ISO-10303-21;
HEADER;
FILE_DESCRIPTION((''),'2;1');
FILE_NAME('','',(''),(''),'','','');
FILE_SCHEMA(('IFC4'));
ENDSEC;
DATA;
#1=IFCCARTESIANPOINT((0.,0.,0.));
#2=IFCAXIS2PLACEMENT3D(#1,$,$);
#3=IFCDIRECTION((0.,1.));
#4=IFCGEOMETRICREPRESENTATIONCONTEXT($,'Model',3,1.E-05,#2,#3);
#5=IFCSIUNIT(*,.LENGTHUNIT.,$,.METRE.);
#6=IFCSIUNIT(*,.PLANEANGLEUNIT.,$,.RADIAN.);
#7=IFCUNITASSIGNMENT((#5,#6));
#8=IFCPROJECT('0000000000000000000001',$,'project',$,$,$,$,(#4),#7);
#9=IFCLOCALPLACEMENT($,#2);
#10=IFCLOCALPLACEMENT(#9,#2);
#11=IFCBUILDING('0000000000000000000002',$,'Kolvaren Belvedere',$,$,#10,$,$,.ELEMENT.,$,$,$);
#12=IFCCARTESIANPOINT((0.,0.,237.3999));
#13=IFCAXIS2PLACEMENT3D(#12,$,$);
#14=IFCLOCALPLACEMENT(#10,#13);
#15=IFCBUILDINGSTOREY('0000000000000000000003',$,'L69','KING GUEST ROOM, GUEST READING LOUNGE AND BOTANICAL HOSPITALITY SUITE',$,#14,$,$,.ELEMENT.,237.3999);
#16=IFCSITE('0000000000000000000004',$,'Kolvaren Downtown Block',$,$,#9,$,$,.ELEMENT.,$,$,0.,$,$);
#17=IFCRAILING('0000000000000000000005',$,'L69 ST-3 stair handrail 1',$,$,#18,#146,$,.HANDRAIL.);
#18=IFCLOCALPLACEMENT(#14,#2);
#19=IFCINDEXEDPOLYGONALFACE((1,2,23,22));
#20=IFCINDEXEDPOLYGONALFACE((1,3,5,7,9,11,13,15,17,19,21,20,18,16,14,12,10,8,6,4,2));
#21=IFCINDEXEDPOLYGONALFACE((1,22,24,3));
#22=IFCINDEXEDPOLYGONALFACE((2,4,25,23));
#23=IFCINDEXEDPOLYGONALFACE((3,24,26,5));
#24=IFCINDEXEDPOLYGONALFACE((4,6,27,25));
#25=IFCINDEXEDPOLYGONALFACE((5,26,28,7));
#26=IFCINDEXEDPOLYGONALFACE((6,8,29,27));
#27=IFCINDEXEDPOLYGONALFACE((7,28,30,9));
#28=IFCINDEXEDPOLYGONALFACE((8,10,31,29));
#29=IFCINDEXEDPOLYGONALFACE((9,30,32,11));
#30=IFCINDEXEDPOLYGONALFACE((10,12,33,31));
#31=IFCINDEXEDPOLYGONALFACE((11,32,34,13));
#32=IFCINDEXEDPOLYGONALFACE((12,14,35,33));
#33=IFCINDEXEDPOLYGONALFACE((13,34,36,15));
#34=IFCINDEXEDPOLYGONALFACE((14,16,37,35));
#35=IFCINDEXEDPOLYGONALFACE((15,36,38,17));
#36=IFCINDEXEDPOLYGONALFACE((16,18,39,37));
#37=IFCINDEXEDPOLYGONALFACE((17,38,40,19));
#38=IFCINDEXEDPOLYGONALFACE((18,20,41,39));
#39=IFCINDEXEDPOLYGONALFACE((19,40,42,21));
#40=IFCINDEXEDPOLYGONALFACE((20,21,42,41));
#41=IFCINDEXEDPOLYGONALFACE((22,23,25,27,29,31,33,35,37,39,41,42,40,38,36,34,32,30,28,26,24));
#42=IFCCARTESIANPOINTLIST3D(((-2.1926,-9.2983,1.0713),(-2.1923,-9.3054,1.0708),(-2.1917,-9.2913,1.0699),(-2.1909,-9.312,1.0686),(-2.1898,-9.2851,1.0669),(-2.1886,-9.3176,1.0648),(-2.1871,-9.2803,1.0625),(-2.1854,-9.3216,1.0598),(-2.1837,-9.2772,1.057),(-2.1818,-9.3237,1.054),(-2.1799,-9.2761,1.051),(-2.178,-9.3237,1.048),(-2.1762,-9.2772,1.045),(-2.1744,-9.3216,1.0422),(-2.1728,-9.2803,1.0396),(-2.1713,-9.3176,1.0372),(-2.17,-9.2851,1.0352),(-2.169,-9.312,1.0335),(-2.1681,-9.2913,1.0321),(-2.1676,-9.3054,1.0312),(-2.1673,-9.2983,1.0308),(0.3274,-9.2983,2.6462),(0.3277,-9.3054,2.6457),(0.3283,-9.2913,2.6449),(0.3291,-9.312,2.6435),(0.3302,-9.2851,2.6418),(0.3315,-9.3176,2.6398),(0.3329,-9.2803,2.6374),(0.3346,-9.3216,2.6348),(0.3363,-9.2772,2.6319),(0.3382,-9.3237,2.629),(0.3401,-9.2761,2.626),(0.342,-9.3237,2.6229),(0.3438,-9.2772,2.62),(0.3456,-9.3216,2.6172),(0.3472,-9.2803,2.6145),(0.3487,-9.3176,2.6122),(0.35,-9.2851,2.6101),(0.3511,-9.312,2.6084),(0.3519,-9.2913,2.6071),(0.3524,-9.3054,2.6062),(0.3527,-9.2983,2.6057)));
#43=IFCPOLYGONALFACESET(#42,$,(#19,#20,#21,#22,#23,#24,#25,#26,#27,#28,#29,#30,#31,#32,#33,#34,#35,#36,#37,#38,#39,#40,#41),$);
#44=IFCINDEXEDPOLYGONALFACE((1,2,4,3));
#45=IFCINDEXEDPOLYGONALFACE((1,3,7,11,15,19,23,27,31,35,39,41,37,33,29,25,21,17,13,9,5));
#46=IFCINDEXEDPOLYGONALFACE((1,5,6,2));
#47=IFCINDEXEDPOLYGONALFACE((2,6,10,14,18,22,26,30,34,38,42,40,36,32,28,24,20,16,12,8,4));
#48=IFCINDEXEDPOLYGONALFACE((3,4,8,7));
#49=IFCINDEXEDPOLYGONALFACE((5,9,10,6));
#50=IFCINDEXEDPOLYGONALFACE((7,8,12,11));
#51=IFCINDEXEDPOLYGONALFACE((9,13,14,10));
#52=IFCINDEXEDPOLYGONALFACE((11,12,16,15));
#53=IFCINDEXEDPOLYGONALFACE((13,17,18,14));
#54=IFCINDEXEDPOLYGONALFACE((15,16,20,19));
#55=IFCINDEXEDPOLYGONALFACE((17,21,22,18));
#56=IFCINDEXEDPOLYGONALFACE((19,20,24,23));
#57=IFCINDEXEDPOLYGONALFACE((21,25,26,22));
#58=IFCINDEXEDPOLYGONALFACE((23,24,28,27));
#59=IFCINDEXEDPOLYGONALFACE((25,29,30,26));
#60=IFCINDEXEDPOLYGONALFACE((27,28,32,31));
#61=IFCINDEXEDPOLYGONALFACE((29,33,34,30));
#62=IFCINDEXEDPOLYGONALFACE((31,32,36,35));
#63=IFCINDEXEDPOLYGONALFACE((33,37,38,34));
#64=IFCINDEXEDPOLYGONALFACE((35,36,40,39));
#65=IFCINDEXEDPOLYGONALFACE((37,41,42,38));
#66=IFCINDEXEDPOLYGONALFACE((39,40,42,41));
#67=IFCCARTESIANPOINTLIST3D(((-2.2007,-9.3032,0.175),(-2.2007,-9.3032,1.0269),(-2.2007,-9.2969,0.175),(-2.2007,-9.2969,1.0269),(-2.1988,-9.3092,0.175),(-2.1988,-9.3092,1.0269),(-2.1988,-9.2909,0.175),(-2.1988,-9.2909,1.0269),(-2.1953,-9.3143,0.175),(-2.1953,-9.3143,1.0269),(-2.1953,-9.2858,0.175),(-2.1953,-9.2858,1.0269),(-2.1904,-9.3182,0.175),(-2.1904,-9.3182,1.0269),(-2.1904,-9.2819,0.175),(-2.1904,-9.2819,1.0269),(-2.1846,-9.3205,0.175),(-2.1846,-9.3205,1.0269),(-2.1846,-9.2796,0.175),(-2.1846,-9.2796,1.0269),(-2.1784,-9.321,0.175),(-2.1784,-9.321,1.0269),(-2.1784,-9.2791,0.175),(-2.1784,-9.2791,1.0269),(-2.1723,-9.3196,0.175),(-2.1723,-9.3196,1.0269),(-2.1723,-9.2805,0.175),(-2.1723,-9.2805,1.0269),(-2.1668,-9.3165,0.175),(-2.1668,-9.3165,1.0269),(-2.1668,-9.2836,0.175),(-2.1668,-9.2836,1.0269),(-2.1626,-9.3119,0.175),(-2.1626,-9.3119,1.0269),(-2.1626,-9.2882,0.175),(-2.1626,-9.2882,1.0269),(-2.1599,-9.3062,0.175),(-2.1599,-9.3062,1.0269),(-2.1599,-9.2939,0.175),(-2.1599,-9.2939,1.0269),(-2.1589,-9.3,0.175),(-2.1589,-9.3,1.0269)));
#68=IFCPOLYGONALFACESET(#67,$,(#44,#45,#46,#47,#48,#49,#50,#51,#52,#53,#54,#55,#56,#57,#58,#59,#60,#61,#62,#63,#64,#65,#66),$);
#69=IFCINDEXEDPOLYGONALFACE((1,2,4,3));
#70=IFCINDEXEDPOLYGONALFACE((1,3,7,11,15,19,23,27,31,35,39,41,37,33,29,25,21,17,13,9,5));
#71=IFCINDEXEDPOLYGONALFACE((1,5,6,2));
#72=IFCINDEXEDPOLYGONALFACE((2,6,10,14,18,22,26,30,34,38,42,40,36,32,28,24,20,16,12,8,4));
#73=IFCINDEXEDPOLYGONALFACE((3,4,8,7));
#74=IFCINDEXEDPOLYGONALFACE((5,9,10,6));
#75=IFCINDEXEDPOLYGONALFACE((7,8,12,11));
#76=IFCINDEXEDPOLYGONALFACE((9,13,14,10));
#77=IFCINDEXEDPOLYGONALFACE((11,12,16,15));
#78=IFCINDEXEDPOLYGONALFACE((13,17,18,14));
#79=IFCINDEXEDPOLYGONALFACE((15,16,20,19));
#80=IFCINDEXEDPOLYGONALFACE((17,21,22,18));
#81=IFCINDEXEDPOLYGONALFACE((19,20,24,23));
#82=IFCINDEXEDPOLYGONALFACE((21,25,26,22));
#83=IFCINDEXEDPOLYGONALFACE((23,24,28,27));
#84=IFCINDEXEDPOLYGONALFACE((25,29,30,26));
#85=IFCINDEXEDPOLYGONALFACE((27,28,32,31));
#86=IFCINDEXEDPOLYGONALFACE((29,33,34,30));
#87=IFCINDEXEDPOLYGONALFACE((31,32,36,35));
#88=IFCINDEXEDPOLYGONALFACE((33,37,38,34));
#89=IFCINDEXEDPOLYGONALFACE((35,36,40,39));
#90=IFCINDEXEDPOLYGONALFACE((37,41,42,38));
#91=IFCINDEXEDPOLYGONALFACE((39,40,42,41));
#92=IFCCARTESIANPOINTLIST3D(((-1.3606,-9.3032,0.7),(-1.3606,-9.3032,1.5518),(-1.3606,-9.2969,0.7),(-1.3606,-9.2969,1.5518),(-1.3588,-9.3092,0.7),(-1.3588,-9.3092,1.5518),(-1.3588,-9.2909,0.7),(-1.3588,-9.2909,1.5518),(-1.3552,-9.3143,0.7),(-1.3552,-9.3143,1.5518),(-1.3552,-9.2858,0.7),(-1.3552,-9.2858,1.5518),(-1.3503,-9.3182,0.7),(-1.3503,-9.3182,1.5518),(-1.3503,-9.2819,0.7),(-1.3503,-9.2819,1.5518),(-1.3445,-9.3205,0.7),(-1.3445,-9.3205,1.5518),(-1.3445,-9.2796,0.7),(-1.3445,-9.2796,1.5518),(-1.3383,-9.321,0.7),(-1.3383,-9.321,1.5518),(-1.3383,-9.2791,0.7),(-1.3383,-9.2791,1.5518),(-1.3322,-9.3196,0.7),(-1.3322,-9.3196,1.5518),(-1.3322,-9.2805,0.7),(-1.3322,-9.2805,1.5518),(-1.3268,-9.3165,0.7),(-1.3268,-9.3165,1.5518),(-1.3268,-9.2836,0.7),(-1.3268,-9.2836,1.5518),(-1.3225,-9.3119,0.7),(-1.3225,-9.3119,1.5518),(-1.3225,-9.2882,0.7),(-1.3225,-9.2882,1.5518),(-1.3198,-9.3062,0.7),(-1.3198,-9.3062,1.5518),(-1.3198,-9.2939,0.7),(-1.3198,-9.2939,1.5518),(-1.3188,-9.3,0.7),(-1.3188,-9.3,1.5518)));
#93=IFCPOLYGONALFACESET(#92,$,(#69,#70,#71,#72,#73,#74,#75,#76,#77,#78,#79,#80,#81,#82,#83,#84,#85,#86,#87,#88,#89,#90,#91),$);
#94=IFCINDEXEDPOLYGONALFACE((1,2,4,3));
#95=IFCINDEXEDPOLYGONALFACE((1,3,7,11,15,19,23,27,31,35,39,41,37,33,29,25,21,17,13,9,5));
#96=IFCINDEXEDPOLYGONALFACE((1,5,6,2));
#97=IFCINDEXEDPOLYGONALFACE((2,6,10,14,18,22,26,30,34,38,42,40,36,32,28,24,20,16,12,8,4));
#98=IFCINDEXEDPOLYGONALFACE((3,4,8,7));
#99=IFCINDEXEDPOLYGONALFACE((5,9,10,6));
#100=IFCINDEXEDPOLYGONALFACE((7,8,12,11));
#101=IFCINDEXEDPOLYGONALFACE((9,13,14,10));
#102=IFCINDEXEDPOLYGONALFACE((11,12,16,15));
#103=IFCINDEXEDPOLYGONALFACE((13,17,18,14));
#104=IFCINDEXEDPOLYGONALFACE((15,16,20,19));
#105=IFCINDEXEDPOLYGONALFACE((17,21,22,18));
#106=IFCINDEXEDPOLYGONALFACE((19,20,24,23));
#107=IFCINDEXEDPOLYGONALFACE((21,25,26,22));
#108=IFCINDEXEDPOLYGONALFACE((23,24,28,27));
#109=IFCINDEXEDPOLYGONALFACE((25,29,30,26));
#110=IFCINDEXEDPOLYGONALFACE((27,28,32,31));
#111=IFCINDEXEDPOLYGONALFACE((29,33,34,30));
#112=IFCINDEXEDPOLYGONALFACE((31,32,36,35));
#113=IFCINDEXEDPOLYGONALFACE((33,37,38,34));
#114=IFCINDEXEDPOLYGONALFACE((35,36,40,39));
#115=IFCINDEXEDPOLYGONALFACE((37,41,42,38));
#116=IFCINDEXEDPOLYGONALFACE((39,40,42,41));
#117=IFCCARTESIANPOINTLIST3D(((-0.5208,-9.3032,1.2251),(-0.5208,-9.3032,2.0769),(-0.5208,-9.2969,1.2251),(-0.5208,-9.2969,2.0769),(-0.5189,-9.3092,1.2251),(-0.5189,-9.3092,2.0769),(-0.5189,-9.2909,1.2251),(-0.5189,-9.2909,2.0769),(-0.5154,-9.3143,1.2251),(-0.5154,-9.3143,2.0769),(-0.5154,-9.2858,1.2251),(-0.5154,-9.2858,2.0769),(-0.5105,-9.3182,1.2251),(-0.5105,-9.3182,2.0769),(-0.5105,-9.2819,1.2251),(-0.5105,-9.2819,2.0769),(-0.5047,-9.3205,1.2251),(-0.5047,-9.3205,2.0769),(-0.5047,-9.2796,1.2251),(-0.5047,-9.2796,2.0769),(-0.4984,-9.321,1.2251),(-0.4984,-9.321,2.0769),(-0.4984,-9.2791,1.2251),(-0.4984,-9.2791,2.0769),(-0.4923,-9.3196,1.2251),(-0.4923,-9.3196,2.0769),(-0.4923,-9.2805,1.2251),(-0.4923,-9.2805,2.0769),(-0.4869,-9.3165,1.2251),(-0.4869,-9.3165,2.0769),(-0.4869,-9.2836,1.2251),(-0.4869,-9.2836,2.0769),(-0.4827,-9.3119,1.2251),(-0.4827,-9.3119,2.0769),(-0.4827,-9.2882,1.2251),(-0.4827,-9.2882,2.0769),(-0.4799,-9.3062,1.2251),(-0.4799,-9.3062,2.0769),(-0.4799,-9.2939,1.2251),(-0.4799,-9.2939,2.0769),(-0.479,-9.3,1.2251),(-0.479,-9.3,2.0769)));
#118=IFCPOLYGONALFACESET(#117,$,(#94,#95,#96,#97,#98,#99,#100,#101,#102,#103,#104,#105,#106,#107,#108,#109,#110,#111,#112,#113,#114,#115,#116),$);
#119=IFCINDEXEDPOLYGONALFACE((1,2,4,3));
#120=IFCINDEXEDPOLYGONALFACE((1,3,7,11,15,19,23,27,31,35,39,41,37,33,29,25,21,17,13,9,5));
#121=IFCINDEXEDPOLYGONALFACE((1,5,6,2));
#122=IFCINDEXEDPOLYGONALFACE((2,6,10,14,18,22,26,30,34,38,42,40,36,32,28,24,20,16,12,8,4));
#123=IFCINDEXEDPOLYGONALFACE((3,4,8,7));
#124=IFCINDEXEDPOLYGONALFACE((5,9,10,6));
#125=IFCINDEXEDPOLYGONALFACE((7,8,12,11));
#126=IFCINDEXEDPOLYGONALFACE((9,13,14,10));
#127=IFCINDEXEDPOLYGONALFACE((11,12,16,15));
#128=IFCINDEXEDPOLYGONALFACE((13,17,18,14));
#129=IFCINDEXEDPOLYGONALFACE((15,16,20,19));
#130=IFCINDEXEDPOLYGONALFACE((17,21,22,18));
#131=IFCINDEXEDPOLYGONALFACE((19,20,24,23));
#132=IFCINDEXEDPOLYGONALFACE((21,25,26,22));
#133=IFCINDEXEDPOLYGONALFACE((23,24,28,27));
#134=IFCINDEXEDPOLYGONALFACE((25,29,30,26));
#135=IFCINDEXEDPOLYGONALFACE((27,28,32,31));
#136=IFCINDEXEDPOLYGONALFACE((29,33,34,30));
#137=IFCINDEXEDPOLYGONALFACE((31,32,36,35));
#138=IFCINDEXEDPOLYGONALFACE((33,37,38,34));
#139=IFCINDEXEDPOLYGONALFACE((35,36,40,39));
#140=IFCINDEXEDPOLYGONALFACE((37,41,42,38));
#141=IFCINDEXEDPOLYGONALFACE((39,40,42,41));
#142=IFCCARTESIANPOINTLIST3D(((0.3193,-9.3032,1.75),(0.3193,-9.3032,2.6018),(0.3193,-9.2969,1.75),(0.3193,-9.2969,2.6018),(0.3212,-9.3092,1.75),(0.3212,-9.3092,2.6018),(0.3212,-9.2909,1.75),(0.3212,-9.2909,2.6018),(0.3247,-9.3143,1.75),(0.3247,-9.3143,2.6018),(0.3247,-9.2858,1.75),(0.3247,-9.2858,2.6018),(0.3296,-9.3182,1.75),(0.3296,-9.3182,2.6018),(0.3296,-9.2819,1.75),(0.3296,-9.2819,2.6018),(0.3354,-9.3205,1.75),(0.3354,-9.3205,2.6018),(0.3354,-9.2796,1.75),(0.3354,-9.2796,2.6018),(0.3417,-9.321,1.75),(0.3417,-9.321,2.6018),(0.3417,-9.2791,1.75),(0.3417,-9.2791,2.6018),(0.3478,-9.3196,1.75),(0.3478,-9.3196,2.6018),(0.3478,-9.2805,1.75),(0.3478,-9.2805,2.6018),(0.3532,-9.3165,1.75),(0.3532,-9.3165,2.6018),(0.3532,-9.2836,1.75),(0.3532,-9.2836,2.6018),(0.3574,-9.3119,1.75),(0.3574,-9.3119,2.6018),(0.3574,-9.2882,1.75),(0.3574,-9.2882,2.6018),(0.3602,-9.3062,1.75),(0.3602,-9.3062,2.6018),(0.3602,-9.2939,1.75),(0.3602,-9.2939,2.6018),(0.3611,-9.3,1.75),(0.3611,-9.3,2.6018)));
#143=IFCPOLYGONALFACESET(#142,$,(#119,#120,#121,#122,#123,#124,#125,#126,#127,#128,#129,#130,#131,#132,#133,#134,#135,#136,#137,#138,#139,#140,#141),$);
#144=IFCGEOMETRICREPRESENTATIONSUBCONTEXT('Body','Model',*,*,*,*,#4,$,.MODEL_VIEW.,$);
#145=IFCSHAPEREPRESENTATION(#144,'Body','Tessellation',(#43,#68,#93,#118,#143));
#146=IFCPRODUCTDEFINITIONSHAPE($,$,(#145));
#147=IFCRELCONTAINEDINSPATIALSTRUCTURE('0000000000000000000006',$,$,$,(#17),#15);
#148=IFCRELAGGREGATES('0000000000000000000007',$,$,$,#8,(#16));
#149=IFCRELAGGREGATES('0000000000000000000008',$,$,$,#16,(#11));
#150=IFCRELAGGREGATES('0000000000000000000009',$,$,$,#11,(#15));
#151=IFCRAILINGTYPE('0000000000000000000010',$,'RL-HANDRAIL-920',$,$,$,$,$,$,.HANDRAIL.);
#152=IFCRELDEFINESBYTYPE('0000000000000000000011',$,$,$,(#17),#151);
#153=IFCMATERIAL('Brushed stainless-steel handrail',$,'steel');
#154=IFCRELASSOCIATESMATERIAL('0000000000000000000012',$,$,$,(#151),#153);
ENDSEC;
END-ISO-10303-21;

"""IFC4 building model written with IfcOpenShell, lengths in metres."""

from ifc_helpers import new_model, si_unit, direction, frame, origin, origin_2d, place, context, subcontext, project, spatial, circle, extrude, material, type_object, element, save


model = new_model("IFC4")

# Units and contexts
model_context = context("Model", 3, precision=1e-05, world=origin(), true_north=direction((0.0, 1.0)))
body_context = subcontext(model_context, "Body", "Model", "MODEL_VIEW")
ifc_project = project(units=[si_unit("LENGTHUNIT", "METRE"), si_unit("PLANEANGLEUNIT", "RADIAN")], contexts=[model_context])

# Site, building, storey
site_placement = place(None, origin())
site = spatial("IfcSite", under=ifc_project, at=site_placement, Name="Kolvaren Downtown Block", CompositionType="ELEMENT", RefElevation=0.0)
building_placement = place(site_placement, origin())
building = spatial("IfcBuilding", under=site, at=building_placement, Name="Kolvaren Belvedere", CompositionType="ELEMENT")
storey_placement = place(building_placement, frame((0.0, 0.0, 237.3999)))
storey = spatial("IfcBuildingStorey", under=building, at=storey_placement, Name="L69", Description="KING GUEST ROOM, GUEST READING LOUNGE AND BOTANICAL HOSPITALITY SUITE", CompositionType="ELEMENT", Elevation=237.3999)

# Railing
ifc_material_1 = material(Name="Brushed stainless-steel handrail", Category="steel")
railing_type_1 = type_object("IfcRailingType", Name="RL-HANDRAIL-920", PredefinedType="HANDRAIL", material=ifc_material_1)
railing_1_placement = place(storey_placement, frame((-2.1799, -9.3, 0.175)))
element("IfcRailing", 1, at=railing_1_placement, inside=storey, type_object=railing_type_1, Name="L69 ST-3 stair handrail 1", PredefinedType="HANDRAIL", context=body_context, shape_type="SweptSolid", body=[
    extrude(circle(Radius=0.0239, at=origin_2d()), frame((0.0, 0.0, 0.876), z_axis=(0.848008, 0.0, 0.529984), x_axis=(0.0, 1.0, 0.0)), (0.0, 0.0, 1.0), 2.9717),
    extrude(circle(Radius=0.021, at=origin_2d()), origin(), (0.0, 0.0, 1.0), 0.8518),
    extrude(circle(Radius=0.021, at=origin_2d()), frame((0.8401, 0.0, 0.5249)), (0.0, 0.0, 1.0), 0.8518),
    extrude(circle(Radius=0.021, at=origin_2d()), frame((1.6799, 0.0, 1.05)), (0.0, 0.0, 1.0), 0.8518),
    extrude(circle(Radius=0.021, at=origin_2d()), frame((2.52, 0.0, 1.575)), (0.0, 0.0, 1.0), 0.8518),
])

save(model, "model.ifc")
